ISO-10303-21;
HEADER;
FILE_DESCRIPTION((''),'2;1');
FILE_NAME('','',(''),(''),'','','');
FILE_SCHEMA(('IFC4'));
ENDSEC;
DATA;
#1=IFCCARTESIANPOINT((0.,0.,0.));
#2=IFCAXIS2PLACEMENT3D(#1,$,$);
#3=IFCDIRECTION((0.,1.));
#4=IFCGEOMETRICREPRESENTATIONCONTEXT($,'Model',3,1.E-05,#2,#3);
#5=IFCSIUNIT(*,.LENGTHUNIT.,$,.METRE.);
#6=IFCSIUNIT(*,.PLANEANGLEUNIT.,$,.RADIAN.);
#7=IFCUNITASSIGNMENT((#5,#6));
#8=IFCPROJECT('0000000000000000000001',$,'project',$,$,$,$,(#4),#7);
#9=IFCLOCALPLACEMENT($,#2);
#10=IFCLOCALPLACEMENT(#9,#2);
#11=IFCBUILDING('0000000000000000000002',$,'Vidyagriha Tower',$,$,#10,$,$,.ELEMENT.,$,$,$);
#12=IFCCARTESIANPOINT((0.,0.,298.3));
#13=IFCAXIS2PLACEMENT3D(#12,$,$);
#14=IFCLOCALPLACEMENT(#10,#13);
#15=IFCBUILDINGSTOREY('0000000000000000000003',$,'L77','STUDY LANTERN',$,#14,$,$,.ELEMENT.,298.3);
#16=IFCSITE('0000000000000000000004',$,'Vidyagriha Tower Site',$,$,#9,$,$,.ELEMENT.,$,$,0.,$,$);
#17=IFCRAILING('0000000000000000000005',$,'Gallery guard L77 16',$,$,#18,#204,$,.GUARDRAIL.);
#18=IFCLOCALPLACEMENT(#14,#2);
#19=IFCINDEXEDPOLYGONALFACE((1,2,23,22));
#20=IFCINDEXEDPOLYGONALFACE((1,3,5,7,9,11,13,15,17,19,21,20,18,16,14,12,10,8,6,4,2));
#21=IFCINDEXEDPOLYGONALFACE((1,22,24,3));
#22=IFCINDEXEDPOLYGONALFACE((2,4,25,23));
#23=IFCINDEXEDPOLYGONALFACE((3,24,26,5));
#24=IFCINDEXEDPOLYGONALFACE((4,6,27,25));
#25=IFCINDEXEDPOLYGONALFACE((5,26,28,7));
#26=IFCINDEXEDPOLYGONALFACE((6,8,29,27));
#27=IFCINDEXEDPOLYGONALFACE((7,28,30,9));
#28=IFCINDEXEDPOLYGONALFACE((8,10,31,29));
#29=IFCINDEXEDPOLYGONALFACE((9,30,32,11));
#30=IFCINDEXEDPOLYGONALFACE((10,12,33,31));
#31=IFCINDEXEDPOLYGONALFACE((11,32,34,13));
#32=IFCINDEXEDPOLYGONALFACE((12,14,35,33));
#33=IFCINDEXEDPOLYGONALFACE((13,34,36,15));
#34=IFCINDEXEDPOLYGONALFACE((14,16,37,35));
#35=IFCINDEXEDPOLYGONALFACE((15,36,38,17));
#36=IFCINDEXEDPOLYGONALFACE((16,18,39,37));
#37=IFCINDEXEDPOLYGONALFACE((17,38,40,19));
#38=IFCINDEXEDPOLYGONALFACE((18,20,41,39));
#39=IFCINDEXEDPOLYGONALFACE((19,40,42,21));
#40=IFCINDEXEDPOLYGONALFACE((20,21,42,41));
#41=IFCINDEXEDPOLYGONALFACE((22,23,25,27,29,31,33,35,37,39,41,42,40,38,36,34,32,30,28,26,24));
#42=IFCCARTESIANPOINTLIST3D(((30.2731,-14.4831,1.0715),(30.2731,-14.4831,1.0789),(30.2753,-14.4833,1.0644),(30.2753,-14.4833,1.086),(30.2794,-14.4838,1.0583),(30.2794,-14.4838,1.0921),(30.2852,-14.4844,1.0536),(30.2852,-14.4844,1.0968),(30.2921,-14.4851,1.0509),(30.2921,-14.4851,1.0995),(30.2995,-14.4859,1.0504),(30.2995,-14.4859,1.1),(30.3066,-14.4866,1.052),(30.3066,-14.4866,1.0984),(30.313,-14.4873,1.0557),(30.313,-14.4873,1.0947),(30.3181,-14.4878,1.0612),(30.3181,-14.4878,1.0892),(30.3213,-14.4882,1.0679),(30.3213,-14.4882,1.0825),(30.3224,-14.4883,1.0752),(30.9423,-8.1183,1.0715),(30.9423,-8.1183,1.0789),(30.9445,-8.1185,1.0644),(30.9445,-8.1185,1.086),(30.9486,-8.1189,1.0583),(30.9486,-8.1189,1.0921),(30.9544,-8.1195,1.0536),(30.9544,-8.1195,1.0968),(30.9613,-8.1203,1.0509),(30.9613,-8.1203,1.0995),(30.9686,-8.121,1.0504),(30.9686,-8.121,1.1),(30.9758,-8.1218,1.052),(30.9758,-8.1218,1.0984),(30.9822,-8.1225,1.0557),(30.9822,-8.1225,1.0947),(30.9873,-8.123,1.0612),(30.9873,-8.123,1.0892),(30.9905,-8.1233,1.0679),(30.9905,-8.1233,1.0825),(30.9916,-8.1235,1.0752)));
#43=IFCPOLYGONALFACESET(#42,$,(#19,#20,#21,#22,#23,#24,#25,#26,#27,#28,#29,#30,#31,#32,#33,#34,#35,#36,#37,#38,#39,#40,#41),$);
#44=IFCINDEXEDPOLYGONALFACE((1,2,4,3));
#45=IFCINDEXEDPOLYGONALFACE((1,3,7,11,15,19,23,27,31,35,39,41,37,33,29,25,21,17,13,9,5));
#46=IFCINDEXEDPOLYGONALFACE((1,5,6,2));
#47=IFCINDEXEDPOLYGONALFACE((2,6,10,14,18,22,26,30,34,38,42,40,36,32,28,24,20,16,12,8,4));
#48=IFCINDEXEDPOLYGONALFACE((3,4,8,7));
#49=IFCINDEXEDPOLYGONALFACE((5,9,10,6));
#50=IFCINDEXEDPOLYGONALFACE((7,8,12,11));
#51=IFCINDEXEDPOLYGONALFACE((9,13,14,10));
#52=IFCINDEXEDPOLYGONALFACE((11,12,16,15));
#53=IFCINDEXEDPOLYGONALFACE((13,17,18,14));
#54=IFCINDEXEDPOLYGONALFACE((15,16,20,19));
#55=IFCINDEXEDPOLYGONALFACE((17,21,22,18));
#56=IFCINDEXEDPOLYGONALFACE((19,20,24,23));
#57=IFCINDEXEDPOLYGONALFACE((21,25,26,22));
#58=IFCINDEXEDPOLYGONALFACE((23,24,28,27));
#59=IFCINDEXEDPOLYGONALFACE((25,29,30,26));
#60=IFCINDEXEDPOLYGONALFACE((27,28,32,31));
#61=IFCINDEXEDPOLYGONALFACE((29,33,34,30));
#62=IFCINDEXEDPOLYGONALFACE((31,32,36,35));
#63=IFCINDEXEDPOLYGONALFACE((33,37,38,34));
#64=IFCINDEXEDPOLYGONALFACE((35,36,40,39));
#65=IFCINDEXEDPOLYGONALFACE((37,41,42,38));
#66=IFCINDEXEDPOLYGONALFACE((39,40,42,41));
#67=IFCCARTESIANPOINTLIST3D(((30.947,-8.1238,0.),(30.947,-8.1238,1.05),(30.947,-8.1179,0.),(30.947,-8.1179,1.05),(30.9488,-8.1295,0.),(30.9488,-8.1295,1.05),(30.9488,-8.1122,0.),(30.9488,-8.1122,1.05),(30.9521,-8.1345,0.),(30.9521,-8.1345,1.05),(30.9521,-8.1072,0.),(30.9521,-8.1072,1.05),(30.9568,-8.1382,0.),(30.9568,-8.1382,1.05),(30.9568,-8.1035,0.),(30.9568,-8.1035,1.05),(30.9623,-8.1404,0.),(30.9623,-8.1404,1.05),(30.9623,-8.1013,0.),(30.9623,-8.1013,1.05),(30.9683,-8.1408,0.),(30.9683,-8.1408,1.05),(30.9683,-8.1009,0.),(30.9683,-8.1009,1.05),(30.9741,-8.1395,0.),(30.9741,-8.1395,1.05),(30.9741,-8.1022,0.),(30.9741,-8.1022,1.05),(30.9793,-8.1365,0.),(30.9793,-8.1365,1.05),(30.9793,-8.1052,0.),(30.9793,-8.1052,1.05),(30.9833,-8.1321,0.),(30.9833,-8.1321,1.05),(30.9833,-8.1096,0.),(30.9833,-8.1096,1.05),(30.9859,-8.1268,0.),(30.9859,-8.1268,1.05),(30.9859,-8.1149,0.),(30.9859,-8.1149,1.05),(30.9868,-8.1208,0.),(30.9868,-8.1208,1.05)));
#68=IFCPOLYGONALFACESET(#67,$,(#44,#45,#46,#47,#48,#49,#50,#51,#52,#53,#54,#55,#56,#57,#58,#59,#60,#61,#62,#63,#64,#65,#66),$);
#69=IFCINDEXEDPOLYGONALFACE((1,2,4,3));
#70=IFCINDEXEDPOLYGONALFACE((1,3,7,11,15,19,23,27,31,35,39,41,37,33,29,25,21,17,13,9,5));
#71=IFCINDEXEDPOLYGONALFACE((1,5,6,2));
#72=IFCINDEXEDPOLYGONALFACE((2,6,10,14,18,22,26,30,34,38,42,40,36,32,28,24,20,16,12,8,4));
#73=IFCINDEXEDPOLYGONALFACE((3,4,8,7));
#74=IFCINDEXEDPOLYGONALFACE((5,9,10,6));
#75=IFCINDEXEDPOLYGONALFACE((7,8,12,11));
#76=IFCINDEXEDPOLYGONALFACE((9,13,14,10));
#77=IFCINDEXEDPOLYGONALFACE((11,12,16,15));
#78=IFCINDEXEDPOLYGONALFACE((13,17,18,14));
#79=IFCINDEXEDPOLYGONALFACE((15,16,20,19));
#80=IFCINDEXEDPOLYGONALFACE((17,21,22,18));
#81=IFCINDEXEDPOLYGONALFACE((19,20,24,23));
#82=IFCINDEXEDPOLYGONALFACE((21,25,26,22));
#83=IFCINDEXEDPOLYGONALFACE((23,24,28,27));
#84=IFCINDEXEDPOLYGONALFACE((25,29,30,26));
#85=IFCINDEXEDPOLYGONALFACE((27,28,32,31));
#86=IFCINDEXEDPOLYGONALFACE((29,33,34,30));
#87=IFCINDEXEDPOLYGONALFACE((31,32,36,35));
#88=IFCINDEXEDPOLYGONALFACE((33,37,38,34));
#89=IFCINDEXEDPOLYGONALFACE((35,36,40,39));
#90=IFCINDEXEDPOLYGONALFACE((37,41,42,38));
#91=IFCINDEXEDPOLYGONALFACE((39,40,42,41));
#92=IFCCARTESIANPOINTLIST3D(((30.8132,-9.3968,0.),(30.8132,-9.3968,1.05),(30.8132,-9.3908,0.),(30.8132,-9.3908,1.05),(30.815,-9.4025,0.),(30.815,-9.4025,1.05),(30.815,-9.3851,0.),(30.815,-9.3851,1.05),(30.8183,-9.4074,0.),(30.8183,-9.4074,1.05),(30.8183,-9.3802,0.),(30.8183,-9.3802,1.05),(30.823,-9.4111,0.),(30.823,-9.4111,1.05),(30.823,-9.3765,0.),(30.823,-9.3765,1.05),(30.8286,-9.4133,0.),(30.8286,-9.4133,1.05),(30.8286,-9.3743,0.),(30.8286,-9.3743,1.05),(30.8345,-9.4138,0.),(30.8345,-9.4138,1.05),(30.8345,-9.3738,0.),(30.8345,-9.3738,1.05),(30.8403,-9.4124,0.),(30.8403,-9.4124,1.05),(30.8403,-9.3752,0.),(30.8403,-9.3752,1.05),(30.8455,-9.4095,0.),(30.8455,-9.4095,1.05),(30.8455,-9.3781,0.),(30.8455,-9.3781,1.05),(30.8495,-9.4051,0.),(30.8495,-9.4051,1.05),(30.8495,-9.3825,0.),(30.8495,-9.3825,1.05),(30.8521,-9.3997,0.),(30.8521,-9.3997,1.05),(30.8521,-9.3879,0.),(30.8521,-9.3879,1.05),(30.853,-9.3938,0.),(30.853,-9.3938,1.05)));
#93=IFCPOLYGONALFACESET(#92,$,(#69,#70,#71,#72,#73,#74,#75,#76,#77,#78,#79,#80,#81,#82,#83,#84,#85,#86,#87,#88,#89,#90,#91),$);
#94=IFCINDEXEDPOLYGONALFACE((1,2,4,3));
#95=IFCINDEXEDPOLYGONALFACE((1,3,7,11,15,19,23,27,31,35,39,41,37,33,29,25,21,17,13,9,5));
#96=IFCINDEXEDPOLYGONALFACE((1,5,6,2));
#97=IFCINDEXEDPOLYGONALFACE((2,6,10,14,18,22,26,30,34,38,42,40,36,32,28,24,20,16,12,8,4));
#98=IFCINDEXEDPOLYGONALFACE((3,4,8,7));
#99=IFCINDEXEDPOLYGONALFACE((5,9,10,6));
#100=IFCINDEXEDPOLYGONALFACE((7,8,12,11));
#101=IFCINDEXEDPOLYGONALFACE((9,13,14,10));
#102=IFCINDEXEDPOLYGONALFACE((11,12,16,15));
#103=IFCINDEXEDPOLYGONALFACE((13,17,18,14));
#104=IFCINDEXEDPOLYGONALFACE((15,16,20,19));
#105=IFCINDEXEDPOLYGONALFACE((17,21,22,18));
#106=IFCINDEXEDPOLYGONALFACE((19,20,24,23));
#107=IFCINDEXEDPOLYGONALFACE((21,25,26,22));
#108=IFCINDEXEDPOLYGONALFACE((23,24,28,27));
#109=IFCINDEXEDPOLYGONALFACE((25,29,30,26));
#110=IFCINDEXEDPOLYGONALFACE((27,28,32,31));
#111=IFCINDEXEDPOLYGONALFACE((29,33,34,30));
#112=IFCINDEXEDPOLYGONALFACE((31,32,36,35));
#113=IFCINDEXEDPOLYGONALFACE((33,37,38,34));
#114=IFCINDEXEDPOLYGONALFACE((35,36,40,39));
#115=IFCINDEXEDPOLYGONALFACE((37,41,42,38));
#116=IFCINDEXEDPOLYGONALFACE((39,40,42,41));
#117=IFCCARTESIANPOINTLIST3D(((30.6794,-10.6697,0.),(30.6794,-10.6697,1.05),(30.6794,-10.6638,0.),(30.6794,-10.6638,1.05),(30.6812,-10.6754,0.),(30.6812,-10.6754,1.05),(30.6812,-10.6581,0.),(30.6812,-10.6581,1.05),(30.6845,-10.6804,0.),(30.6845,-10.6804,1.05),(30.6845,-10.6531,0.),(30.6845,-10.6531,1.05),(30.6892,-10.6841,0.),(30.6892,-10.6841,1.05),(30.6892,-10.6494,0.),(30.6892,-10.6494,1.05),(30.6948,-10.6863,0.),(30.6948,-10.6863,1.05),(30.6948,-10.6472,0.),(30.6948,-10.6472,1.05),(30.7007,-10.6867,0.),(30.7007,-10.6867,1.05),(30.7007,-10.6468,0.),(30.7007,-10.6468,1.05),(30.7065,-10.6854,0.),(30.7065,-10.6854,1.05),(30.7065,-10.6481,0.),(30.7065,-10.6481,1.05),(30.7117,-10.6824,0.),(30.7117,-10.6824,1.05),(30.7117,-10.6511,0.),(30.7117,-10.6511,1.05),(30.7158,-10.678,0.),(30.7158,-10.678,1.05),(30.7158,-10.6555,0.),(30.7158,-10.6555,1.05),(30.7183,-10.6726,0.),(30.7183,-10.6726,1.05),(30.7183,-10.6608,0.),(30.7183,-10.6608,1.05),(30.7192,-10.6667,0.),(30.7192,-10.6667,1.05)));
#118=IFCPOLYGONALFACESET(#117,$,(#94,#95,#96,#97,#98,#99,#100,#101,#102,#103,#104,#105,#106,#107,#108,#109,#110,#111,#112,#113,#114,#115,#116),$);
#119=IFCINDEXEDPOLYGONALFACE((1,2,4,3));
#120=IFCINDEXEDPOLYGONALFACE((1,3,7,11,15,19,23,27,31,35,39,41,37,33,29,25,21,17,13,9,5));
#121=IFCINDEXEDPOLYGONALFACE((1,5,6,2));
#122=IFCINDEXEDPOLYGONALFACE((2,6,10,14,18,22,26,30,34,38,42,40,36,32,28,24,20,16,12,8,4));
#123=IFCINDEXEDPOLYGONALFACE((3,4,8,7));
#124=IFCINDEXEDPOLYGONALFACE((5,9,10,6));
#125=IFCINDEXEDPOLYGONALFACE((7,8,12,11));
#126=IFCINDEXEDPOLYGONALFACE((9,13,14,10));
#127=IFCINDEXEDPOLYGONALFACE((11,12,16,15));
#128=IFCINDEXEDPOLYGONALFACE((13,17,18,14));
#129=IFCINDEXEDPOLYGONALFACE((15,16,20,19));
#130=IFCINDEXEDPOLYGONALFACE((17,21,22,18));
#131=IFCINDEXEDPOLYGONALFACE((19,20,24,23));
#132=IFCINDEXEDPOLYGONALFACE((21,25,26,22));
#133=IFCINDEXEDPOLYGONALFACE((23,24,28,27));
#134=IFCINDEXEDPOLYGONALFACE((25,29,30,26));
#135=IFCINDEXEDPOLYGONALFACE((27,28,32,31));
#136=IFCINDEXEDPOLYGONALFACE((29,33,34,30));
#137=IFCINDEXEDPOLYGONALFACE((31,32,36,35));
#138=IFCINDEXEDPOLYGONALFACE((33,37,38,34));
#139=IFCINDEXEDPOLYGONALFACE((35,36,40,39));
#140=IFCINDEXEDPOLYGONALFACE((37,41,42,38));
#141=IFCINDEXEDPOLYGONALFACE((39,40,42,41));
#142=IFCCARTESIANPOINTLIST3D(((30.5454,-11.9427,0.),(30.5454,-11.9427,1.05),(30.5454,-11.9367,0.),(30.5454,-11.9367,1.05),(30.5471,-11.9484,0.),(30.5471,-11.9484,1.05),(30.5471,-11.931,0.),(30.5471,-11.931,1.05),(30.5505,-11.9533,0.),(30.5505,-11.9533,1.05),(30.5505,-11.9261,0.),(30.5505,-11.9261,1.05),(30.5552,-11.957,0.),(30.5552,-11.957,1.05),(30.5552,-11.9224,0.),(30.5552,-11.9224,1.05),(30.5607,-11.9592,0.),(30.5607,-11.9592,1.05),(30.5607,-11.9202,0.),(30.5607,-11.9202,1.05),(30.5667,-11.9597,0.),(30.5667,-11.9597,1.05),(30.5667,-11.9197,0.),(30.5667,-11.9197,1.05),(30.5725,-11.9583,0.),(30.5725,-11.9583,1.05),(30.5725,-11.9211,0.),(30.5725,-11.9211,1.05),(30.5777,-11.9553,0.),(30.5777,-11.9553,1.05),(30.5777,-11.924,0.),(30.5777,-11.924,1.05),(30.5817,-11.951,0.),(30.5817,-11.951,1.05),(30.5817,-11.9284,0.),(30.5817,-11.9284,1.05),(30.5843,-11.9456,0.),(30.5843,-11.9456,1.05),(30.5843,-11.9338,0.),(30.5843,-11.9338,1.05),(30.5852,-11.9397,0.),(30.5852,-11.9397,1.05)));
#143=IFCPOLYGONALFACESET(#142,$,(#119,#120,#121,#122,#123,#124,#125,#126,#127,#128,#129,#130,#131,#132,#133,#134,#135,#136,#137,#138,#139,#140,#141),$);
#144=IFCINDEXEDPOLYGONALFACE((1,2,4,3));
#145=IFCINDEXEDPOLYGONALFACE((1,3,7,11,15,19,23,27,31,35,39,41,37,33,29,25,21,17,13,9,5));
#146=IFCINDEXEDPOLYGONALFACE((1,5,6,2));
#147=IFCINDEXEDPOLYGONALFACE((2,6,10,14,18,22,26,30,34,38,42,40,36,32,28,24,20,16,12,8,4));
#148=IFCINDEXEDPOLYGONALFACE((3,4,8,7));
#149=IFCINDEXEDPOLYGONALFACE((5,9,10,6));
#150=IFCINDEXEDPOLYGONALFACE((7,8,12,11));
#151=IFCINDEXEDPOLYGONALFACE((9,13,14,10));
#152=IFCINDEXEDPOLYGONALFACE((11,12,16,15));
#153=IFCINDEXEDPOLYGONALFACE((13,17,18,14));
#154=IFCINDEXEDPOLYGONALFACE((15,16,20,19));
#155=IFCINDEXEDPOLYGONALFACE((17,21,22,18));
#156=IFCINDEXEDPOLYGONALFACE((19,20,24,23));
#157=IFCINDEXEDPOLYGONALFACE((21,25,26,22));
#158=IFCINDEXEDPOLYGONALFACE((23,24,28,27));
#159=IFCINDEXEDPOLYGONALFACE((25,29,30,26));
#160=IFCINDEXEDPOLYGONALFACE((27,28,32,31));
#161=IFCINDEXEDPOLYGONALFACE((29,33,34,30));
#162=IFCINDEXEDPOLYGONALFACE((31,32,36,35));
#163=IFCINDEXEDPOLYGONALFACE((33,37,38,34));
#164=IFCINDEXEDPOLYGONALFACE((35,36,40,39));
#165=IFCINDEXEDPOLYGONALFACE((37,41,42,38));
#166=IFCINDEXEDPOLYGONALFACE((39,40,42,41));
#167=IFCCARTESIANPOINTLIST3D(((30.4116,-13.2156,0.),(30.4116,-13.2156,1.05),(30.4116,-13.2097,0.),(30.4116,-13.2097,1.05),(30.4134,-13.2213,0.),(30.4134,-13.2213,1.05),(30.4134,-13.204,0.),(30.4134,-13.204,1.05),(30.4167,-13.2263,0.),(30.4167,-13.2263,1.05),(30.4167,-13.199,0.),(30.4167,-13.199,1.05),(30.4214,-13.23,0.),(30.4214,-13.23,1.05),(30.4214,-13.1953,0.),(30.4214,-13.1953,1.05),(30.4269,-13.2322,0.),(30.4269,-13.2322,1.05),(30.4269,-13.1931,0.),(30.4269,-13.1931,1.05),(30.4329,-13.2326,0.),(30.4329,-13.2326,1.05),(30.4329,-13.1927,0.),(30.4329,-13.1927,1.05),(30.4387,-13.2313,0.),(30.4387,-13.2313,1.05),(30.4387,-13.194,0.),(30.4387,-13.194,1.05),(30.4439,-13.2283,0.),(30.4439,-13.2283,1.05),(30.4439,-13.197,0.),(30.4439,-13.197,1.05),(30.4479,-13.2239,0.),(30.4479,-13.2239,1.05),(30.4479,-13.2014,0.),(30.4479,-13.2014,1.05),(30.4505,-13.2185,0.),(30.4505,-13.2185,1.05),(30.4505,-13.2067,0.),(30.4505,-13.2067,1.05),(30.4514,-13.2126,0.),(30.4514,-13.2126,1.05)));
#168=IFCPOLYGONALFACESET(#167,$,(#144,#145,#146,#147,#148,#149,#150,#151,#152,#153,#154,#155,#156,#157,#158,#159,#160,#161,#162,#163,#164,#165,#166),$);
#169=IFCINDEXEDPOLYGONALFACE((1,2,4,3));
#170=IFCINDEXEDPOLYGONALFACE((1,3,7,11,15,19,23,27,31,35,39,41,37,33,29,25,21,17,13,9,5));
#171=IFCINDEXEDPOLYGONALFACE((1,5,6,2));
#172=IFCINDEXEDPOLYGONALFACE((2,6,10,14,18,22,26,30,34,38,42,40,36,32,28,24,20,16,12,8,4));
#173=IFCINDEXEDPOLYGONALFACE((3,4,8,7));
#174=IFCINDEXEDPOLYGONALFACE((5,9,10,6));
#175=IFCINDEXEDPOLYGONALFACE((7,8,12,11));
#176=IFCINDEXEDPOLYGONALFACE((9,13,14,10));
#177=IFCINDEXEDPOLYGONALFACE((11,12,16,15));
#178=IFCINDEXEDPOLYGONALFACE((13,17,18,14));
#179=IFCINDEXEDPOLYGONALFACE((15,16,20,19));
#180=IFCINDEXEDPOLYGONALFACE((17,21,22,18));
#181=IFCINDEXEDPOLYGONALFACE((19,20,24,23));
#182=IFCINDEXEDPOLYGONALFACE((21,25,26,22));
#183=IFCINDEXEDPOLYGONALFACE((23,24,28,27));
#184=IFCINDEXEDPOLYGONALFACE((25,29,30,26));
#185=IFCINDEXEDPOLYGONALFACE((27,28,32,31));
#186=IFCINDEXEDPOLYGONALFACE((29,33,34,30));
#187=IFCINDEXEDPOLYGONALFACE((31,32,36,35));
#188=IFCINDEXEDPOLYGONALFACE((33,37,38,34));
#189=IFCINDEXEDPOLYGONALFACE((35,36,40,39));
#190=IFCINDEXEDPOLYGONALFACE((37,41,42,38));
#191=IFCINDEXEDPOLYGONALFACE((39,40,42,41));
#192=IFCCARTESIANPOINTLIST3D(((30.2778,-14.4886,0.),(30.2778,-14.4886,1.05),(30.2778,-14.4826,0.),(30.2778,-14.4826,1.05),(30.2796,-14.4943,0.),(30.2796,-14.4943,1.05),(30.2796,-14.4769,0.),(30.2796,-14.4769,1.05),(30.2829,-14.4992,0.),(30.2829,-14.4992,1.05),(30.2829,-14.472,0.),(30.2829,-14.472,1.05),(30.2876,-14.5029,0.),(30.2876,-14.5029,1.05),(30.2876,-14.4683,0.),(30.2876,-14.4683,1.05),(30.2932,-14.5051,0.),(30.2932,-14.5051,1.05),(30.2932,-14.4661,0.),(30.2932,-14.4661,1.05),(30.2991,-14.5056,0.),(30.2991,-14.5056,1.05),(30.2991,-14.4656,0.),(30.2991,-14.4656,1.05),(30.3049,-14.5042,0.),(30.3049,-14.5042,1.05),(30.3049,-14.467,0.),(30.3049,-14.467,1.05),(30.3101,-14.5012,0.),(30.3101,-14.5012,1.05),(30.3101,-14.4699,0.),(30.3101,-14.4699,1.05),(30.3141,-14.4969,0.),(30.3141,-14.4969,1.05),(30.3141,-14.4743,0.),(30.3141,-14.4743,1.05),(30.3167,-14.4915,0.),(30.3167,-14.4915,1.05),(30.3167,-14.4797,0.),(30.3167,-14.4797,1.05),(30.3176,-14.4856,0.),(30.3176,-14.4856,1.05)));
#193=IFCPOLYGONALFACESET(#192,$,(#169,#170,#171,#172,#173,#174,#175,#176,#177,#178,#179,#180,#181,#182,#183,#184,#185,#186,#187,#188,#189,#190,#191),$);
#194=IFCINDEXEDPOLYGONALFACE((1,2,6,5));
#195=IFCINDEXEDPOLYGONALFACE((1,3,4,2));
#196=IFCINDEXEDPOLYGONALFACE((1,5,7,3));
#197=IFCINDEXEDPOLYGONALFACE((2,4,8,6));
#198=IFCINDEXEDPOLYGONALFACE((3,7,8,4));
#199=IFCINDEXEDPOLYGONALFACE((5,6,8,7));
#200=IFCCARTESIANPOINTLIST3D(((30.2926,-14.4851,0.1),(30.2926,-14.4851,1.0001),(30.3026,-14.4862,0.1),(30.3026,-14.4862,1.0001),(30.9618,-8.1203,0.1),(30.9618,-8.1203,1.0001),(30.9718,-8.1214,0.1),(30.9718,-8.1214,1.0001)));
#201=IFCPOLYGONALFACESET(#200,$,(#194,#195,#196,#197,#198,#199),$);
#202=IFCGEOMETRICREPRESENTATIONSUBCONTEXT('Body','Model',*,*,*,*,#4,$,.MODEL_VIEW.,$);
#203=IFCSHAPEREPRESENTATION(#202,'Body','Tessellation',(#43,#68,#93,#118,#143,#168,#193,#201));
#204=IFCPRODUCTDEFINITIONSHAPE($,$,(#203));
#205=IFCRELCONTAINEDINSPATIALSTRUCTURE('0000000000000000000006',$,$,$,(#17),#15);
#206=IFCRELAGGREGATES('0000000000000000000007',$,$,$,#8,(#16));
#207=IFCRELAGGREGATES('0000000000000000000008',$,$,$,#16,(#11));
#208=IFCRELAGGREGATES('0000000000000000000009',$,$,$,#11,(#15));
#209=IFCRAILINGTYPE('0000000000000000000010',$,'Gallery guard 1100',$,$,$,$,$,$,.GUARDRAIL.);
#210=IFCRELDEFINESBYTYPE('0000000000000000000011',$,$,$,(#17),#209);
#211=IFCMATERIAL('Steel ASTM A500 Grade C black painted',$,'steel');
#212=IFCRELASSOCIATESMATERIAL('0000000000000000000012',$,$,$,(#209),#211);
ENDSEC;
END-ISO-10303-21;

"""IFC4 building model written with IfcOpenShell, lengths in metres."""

from ifc_helpers import new_model, si_unit, direction, frame, origin, origin_2d, place, context, subcontext, project, spatial, rectangle, circle, extrude, material, type_object, element, save


model = new_model("IFC4")

# Units and contexts
model_context = context("Model", 3, precision=1e-05, world=origin(), true_north=direction((0.0, 1.0)))
body_context = subcontext(model_context, "Body", "Model", "MODEL_VIEW")
ifc_project = project(units=[si_unit("LENGTHUNIT", "METRE"), si_unit("PLANEANGLEUNIT", "RADIAN")], contexts=[model_context])

# Site, building, storey
site_placement = place(None, origin())
site = spatial("IfcSite", under=ifc_project, at=site_placement, Name="Vidyagriha Tower Site", CompositionType="ELEMENT", RefElevation=0.0)
building_placement = place(site_placement, origin())
building = spatial("IfcBuilding", under=site, at=building_placement, Name="Vidyagriha Tower", CompositionType="ELEMENT")
storey_placement = place(building_placement, frame((0.0, 0.0, 298.3)))
storey = spatial("IfcBuildingStorey", under=building, at=storey_placement, Name="L77", Description="STUDY LANTERN", CompositionType="ELEMENT", Elevation=298.3)

# Railing
ifc_material_1 = material(Name="Steel ASTM A500 Grade C black painted", Category="steel")
railing_type = type_object("IfcRailingType", Name="Gallery guard 1100", PredefinedType="GUARDRAIL", material=ifc_material_1)
railing_1_placement = place(storey_placement, frame((30.9668, -8.1208, 0.0)))
element("IfcRailing", 1, at=railing_1_placement, inside=storey, type_object=railing_type, Name="Gallery guard L77 16", PredefinedType="GUARDRAIL", context=body_context, shape_type="SweptSolid", body=[
    extrude(circle(Radius=0.0249, at=origin_2d()), frame((0.0, 0.0, 1.0752), z_axis=(-0.104564, -0.994518, 0.0), x_axis=(0.994518, -0.104564, 0.0)), (0.0, 0.0, 1.0), 6.3999),
    extrude(circle(Radius=0.02, at=origin_2d()), origin(), (0.0, 0.0, 1.0), 1.05),
    extrude(circle(Radius=0.02, at=origin_2d()), frame((-0.1338, -1.2729, 0.0)), (0.0, 0.0, 1.0), 1.05),
    extrude(circle(Radius=0.02, at=origin_2d()), frame((-0.2676, -2.5459, 0.0)), (0.0, 0.0, 1.0), 1.05),
    extrude(circle(Radius=0.02, at=origin_2d()), frame((-0.4016, -3.8188, 0.0)), (0.0, 0.0, 1.0), 1.05),
    extrude(circle(Radius=0.02, at=origin_2d()), frame((-0.5354, -5.0918, 0.0)), (0.0, 0.0, 1.0), 1.05),
    extrude(circle(Radius=0.02, at=origin_2d()), frame((-0.6692, -6.3647, 0.0)), (0.0, 0.0, 1.0), 1.05),
    extrude(rectangle(XDim=0.01, YDim=0.9001, at=origin_2d()), frame((0.0, 0.0, 0.55), z_axis=(-0.104564, -0.994518, 0.0), x_axis=(0.994518, -0.104564, 0.0)), (0.0, 0.0, 1.0), 6.3999),
])

save(model, "model.ifc")
